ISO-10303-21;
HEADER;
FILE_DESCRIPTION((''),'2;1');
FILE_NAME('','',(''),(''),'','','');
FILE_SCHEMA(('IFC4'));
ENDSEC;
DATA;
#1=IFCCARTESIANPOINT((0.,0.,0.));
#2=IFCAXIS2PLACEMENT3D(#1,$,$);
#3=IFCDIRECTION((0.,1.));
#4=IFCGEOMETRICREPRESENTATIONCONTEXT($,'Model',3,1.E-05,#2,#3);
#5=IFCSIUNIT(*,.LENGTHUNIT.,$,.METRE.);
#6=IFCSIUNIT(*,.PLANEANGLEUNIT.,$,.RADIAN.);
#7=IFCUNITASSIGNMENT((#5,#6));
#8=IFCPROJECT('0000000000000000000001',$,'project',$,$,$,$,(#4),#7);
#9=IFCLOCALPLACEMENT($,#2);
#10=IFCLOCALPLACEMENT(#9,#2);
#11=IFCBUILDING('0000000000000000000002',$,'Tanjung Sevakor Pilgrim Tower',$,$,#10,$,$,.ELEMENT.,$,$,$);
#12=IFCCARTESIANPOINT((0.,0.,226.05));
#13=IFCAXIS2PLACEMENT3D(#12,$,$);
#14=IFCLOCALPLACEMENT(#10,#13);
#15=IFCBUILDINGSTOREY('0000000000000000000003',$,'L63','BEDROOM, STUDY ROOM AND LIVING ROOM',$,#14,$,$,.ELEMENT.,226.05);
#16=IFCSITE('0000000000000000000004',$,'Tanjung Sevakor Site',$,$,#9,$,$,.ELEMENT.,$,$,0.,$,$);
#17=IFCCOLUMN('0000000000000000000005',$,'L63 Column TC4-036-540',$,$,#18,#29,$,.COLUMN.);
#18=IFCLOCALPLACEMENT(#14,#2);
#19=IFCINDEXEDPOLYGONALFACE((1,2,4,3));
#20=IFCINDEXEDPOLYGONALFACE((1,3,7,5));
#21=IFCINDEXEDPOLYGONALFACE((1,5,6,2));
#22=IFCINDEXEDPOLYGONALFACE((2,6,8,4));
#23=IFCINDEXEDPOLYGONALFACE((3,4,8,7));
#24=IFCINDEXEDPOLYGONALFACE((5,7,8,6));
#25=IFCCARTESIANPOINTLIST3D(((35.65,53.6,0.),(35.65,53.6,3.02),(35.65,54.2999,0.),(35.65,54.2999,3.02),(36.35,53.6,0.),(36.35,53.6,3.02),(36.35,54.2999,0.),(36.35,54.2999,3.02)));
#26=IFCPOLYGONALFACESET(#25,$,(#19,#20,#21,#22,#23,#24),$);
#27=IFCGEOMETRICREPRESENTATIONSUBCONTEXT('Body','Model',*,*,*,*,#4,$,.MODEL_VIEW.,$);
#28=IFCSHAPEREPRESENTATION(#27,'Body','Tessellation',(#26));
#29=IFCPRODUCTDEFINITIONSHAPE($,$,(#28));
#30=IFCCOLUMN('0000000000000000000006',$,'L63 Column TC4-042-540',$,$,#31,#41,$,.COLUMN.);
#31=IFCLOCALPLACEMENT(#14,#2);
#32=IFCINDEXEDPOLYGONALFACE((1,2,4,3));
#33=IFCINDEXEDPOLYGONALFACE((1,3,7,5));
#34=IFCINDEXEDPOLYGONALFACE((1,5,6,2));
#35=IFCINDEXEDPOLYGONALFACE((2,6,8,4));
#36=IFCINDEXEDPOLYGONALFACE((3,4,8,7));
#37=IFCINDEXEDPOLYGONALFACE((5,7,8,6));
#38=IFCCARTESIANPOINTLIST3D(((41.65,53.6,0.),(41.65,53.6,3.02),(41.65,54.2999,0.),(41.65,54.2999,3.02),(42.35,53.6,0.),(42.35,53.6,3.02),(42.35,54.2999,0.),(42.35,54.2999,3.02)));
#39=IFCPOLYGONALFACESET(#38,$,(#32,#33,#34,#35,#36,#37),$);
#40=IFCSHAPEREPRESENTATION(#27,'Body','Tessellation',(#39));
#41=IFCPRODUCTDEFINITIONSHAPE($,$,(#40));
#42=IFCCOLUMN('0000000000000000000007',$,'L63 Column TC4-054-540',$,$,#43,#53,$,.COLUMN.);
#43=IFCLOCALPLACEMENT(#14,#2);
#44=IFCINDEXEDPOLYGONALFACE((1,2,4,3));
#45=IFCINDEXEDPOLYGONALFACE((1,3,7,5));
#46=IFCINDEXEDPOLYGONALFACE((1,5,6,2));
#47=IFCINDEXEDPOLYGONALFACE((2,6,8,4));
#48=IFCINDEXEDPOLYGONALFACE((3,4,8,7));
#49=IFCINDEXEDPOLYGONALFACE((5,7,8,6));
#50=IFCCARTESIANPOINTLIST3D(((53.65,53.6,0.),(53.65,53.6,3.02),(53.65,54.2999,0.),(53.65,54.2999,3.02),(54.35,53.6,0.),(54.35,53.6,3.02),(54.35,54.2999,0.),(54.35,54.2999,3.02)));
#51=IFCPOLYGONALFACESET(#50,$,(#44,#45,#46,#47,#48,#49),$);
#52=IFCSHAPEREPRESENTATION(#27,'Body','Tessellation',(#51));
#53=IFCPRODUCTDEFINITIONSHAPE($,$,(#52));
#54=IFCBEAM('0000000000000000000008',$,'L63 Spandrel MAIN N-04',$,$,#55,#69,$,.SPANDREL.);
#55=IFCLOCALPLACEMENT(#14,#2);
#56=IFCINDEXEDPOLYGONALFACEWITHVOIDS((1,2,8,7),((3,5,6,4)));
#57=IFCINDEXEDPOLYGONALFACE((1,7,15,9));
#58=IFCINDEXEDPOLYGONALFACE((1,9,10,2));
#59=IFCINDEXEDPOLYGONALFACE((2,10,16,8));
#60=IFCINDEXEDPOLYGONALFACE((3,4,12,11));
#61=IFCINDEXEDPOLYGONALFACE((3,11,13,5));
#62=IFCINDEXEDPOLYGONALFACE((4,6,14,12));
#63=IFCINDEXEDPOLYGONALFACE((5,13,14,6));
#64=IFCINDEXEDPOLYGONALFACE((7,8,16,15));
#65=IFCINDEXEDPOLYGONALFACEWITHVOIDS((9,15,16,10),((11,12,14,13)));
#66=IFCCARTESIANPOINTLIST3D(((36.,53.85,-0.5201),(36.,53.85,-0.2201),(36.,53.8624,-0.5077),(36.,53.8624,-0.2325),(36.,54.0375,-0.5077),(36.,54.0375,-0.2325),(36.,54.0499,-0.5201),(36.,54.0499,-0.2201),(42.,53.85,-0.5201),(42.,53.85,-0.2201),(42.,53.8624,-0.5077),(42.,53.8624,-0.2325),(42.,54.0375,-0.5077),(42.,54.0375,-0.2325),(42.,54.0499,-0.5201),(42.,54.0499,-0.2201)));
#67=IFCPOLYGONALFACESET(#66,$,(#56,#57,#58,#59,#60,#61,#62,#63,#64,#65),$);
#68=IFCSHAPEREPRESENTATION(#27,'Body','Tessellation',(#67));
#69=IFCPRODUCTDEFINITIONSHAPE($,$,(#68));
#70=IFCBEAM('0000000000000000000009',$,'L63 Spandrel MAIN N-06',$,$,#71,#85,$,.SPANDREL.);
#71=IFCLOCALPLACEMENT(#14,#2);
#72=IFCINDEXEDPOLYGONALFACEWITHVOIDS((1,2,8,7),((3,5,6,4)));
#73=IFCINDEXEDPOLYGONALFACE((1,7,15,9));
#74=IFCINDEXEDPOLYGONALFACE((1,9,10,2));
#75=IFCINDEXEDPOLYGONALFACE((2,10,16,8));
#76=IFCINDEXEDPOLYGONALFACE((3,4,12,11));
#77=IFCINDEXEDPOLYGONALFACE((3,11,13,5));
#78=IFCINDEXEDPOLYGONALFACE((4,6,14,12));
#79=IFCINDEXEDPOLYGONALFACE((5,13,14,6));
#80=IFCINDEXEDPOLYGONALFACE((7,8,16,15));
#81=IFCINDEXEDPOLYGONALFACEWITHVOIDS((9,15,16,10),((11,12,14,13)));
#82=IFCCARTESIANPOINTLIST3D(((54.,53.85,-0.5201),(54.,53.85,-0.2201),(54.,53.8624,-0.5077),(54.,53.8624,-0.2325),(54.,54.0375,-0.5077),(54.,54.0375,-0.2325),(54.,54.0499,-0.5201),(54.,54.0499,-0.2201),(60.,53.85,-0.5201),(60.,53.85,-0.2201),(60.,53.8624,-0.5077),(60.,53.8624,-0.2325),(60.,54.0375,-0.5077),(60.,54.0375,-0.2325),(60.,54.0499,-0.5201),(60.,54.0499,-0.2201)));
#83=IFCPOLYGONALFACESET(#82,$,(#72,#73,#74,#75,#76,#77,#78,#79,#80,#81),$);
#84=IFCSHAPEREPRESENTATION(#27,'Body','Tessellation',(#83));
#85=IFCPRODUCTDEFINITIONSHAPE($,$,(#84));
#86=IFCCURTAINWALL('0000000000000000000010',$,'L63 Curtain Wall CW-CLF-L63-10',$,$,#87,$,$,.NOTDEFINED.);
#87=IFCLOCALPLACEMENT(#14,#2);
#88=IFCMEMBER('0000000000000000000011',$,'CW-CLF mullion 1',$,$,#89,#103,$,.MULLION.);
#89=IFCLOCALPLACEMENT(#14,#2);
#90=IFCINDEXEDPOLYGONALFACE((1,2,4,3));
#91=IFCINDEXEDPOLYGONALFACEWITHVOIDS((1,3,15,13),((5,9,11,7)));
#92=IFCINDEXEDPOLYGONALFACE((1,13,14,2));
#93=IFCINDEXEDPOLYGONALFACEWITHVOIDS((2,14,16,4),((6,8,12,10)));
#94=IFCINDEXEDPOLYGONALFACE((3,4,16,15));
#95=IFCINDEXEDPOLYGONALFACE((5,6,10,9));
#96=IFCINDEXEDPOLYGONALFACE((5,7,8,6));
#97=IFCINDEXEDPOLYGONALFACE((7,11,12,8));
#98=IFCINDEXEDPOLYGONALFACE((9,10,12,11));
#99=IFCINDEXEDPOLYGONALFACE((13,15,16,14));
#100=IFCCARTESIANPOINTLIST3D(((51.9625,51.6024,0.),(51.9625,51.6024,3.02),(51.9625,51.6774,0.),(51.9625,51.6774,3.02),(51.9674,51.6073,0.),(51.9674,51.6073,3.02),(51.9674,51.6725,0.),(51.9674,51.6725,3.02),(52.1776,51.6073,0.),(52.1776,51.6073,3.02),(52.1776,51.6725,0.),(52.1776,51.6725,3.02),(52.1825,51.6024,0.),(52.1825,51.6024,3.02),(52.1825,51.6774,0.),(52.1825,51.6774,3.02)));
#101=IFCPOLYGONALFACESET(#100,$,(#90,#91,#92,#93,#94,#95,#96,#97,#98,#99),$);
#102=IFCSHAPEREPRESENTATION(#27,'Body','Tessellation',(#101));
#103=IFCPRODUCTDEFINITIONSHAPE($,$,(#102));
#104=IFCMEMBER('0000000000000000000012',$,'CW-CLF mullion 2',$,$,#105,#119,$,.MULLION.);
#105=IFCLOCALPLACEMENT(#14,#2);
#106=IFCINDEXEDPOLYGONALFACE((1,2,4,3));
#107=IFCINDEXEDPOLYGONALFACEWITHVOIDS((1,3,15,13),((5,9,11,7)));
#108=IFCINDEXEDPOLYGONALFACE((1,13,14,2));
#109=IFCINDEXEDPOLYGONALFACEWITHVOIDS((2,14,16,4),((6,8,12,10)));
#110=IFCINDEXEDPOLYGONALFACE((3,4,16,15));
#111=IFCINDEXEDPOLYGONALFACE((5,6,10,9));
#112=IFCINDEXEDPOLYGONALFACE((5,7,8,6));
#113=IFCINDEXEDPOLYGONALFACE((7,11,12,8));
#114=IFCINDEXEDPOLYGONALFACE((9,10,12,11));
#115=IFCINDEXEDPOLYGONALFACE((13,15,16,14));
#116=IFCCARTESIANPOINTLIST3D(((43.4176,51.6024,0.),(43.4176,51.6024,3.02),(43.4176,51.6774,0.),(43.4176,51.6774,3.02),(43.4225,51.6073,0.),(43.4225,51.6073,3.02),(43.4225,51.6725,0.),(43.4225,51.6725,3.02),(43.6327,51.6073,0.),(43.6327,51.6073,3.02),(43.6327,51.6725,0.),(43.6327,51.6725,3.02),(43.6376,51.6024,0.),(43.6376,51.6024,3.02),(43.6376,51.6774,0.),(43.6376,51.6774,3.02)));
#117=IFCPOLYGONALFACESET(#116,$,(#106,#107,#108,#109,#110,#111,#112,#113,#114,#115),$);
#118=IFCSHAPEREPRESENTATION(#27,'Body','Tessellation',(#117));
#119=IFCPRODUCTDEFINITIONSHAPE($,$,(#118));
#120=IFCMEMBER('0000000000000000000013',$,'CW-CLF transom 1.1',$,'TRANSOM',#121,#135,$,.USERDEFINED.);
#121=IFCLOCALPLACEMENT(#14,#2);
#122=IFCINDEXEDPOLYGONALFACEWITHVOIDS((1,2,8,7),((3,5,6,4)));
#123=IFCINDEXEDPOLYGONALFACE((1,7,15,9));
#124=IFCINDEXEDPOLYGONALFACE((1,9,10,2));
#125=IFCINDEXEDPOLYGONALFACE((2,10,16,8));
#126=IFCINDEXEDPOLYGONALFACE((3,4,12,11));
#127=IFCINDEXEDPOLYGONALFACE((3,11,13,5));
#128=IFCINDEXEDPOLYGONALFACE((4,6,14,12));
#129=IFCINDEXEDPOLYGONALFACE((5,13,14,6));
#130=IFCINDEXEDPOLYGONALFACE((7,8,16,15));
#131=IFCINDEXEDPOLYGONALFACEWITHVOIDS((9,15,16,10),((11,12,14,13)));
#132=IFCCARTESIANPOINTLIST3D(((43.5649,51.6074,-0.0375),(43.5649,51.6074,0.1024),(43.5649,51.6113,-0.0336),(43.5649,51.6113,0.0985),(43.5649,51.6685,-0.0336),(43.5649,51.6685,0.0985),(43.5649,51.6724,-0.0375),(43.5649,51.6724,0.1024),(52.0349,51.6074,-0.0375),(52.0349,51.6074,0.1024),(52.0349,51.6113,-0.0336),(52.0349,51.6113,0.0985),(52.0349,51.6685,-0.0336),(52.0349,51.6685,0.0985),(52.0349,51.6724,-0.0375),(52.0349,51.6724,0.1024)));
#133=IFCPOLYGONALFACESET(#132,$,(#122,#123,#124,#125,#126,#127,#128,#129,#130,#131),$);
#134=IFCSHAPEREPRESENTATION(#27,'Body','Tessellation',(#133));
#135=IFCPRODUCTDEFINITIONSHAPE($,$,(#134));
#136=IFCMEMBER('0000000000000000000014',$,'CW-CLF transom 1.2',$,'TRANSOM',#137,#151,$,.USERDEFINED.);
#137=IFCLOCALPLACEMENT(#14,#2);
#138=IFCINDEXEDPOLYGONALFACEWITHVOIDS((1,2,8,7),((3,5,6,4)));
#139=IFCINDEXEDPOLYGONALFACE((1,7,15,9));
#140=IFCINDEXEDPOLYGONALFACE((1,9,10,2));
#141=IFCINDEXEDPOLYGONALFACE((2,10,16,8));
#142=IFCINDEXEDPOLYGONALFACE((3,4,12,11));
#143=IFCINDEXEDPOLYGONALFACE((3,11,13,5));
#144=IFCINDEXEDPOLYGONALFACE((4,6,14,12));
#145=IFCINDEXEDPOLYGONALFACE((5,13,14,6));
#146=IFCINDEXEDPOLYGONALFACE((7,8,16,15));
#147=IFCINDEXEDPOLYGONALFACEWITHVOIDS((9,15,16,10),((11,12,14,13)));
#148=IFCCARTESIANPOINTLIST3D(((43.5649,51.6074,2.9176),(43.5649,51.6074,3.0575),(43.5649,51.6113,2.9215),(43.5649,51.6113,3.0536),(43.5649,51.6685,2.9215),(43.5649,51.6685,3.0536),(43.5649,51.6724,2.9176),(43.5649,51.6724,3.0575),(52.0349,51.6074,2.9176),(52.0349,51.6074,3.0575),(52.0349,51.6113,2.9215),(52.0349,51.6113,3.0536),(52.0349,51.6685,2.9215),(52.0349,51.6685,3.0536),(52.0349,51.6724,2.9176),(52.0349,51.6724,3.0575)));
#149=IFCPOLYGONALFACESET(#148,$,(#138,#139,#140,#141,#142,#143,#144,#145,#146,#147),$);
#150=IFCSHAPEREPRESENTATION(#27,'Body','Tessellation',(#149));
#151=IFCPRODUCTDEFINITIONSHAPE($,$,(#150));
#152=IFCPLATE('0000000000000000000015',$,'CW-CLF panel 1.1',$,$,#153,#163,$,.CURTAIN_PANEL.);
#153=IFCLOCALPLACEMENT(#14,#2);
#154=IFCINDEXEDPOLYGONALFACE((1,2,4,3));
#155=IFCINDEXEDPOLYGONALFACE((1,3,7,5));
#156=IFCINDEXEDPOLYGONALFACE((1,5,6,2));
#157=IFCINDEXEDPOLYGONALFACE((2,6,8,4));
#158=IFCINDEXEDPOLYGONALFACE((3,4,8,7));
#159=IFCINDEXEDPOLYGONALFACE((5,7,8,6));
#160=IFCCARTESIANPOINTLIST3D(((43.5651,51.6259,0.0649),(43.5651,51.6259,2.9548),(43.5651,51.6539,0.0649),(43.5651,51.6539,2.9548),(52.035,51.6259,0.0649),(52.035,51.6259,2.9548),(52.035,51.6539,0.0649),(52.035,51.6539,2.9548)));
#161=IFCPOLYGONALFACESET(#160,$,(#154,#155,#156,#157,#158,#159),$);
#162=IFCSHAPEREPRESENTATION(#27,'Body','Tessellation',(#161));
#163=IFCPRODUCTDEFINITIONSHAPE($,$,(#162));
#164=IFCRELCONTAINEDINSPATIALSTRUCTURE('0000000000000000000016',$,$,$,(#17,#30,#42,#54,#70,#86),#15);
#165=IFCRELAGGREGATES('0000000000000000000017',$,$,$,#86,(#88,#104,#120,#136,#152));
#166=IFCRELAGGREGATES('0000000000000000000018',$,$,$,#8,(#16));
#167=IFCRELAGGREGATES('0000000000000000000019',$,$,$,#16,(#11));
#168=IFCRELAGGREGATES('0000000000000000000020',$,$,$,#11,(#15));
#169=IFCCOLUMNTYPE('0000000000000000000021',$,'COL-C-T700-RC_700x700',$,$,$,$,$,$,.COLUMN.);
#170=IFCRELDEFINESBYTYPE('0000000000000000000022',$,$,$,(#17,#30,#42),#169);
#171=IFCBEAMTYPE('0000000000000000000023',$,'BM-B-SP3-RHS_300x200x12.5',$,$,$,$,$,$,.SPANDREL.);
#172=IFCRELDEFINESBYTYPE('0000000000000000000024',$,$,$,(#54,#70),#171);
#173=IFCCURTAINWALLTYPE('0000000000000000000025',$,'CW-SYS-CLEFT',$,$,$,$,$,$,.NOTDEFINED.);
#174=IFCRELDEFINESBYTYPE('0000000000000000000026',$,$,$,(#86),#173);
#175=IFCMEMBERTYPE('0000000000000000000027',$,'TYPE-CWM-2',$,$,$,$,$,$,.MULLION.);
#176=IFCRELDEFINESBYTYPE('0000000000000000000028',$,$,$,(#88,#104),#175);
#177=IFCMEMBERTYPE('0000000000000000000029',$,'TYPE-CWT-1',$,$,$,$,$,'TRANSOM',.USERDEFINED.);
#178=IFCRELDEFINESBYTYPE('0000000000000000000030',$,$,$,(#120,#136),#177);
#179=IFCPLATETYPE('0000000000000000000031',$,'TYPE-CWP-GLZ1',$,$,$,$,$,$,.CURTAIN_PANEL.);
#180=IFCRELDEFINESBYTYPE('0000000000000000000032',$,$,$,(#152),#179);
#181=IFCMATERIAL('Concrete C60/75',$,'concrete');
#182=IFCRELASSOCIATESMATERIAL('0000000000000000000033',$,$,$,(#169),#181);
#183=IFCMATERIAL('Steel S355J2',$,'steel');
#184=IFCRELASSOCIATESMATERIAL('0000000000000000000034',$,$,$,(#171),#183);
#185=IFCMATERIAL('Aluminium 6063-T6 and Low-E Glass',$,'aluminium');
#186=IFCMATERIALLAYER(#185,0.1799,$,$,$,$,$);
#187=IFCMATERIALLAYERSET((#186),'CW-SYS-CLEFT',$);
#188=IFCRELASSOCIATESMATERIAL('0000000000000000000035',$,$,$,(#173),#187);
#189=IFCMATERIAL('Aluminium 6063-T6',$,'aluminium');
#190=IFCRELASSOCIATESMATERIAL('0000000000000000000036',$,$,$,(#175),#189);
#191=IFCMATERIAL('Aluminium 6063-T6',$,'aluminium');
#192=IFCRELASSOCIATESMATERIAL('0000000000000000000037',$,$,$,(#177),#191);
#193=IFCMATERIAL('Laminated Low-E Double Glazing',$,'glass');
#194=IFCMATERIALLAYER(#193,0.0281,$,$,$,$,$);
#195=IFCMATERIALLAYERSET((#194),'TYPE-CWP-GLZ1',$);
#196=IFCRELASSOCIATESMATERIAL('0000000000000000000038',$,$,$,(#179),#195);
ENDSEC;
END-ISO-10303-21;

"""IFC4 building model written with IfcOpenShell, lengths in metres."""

from ifc_helpers import new_model, si_unit, direction, frame, origin, origin_2d, place, context, subcontext, project, spatial, rectangle, hollow_rectangle, extrude, material, layer, layer_set, material_profile, profile_set, type_object, element, aggregate, save


model = new_model("IFC4")

# Units and contexts
model_context = context("Model", 3, precision=1e-05, world=origin(), true_north=direction((0.0, 1.0)))
body_context = subcontext(model_context, "Body", "Model", "MODEL_VIEW")
ifc_project = project(units=[si_unit("LENGTHUNIT", "METRE"), si_unit("PLANEANGLEUNIT", "RADIAN")], contexts=[model_context])

# Site, building, storey
site_placement = place(None, origin())
site = spatial("IfcSite", under=ifc_project, at=site_placement, Name="Tanjung Sevakor Site", CompositionType="ELEMENT", RefElevation=0.0)
building_placement = place(site_placement, origin())
building = spatial("IfcBuilding", under=site, at=building_placement, Name="Tanjung Sevakor Pilgrim Tower", CompositionType="ELEMENT")
storey_placement = place(building_placement, frame((0.0, 0.0, 226.05)))
storey = spatial("IfcBuildingStorey", under=building, at=storey_placement, Name="L63", Description="BEDROOM, STUDY ROOM AND LIVING ROOM", CompositionType="ELEMENT", Elevation=226.05)

# Columns
ifc_material_1 = material(Name="Concrete C60/75", Category="concrete")
ifc_material_profile_1 = material_profile(ifc_material_1, rectangle(XDim=0.7, YDim=0.7, at=origin_2d()))
ifc_profile_set_1 = profile_set([ifc_material_profile_1], Name="Concrete C60/75")
column_type = type_object("IfcColumnType", Name="COL-C-T700-RC_700x700", PredefinedType="COLUMN", material=ifc_profile_set_1)
for number, where, z_axis, x_axis, name in (
    (1, (36.0, 53.95, 0.0), (0.0, 0.0, 1.0), (1.0, 0.0, 0.0), "L63 Column TC4-036-540"),
    (2, (42.0, 53.95, 0.0), (0.0, 0.0, 1.0), (1.0, 0.0, 0.0), "L63 Column TC4-042-540"),
    (3, (54.0, 53.95, 0.0), (0.0, 0.0, 1.0), (1.0, 0.0, 0.0), "L63 Column TC4-054-540"),
):
    element("IfcColumn", number, at=place(storey_placement, frame(where, z_axis=z_axis, x_axis=x_axis)), inside=storey, type_object=column_type, Name=name, PredefinedType="COLUMN", context=body_context, shape_type="SweptSolid", body=[
        extrude(rectangle(XDim=0.7, YDim=0.7, at=origin_2d()), origin(), (0.0, 0.0, 1.0), 3.02),
    ])

# Beams
ifc_material_2 = material(Name="Steel S355J2", Category="steel")
ifc_material_profile_2 = material_profile(ifc_material_2, hollow_rectangle(XDim=0.2, YDim=0.3, WallThickness=0.0125, at=origin_2d()))
ifc_profile_set_2 = profile_set([ifc_material_profile_2], Name="Steel S355J2")
beam_type = type_object("IfcBeamType", Name="BM-B-SP3-RHS_300x200x12.5", PredefinedType="SPANDREL", material=ifc_profile_set_2)
for number, where, z_axis, x_axis, name in (
    (4, (36.0, 53.95, -0.3701), (1.0, 0.0, 0.0), (0.0, 1.0, 0.0), "L63 Spandrel MAIN N-04"),
    (5, (54.0, 53.95, -0.3701), (1.0, 0.0, 0.0), (0.0, 1.0, 0.0), "L63 Spandrel MAIN N-06"),
):
    element("IfcBeam", number, at=place(storey_placement, frame(where, z_axis=z_axis, x_axis=x_axis)), inside=storey, type_object=beam_type, Name=name, PredefinedType="SPANDREL", context=body_context, shape_type="SweptSolid", body=[
        extrude(hollow_rectangle(XDim=0.2, YDim=0.3, WallThickness=0.0125, at=origin_2d()), origin(), (0.0, 0.0, 1.0), 6.0),
    ])

# Curtain wall, members, plate
ifc_material_3 = material(Name="Aluminium 6063-T6 and Low-E Glass", Category="aluminium")
ifc_layer_1 = layer(ifc_material_3, 0.1799)
ifc_layer_set_1 = layer_set([ifc_layer_1], Name="CW-SYS-CLEFT")
curtain_wall_type = type_object("IfcCurtainWallType", Name="CW-SYS-CLEFT", PredefinedType="NOTDEFINED", material=ifc_layer_set_1)
curtain_wall_placement = place(storey_placement, origin())
curtain_wall = element("IfcCurtainWall", 6, at=curtain_wall_placement, inside=storey, type_object=curtain_wall_type, Name="L63 Curtain Wall CW-CLF-L63-10", PredefinedType="NOTDEFINED")
ifc_material_4 = material(Name="Aluminium 6063-T6", Category="aluminium")
ifc_material_profile_3 = material_profile(ifc_material_4, hollow_rectangle(XDim=0.075, YDim=0.22, WallThickness=0.0049, at=origin_2d()))
ifc_profile_set_3 = profile_set([ifc_material_profile_3], Name="Aluminium 6063-T6")
member_type_1 = type_object("IfcMemberType", Name="TYPE-CWM-2", PredefinedType="MULLION", material=ifc_profile_set_3)
member_1_placement = place(storey_placement, frame((52.0725, 51.6399, 0.0), z_axis=(0.0, 0.0, 1.0), x_axis=(0.0, -1.0, 0.0)))
member_1 = element("IfcMember", 7, at=member_1_placement, type_object=member_type_1, Name="CW-CLF mullion 1", PredefinedType="MULLION", context=body_context, shape_type="SweptSolid", body=[
    extrude(hollow_rectangle(XDim=0.075, YDim=0.22, WallThickness=0.0049, at=origin_2d()), origin(), (0.0, 0.0, 1.0), 3.02),
])
member_2_placement = place(storey_placement, frame((43.5276, 51.6399, 0.0), z_axis=(0.0, 0.0, 1.0), x_axis=(0.0, -1.0, 0.0)))
member_2 = element("IfcMember", 8, at=member_2_placement, type_object=member_type_1, Name="CW-CLF mullion 2", PredefinedType="MULLION", context=body_context, shape_type="SweptSolid", body=[
    extrude(hollow_rectangle(XDim=0.075, YDim=0.22, WallThickness=0.0049, at=origin_2d()), origin(), (0.0, 0.0, 1.0), 3.02),
])
ifc_material_5 = material(Name="Aluminium 6063-T6", Category="aluminium")
ifc_material_profile_4 = material_profile(ifc_material_5, hollow_rectangle(XDim=0.0649, YDim=0.1399, WallThickness=0.0039, at=origin_2d()))
ifc_profile_set_4 = profile_set([ifc_material_profile_4], Name="Aluminium 6063-T6")
member_type_2 = type_object("IfcMemberType", Name="TYPE-CWT-1", ElementType="TRANSOM", PredefinedType="USERDEFINED", material=ifc_profile_set_4)
member_3_placement = place(storey_placement, frame((52.0349, 51.6399, 0.0325), z_axis=(-1.0, 0.0, 0.0), x_axis=(0.0, -1.0, 0.0)))
member_3 = element("IfcMember", 9, at=member_3_placement, type_object=member_type_2, Name="CW-CLF transom 1.1", ObjectType="TRANSOM", PredefinedType="USERDEFINED", context=body_context, shape_type="SweptSolid", body=[
    extrude(hollow_rectangle(XDim=0.0649, YDim=0.1399, WallThickness=0.0039, at=origin_2d()), origin(), (0.0, 0.0, 1.0), 8.47),
])
member_4_placement = place(storey_placement, frame((52.0349, 51.6399, 2.9875), z_axis=(-1.0, 0.0, 0.0), x_axis=(0.0, -1.0, 0.0)))
member_4 = element("IfcMember", 10, at=member_4_placement, type_object=member_type_2, Name="CW-CLF transom 1.2", ObjectType="TRANSOM", PredefinedType="USERDEFINED", context=body_context, shape_type="SweptSolid", body=[
    extrude(hollow_rectangle(XDim=0.0649, YDim=0.1399, WallThickness=0.0039, at=origin_2d()), origin(), (0.0, 0.0, 1.0), 8.47),
])
ifc_material_6 = material(Name="Laminated Low-E Double Glazing", Category="glass")
ifc_layer_2 = layer(ifc_material_6, 0.0281)
ifc_layer_set_2 = layer_set([ifc_layer_2], Name="TYPE-CWP-GLZ1")
plate_type = type_object("IfcPlateType", Name="TYPE-CWP-GLZ1", PredefinedType="CURTAIN_PANEL", material=ifc_layer_set_2)
plate_placement = place(storey_placement, frame((47.8, 51.6399, 0.0649), z_axis=(0.0, 0.0, 1.0), x_axis=(-1.0, 0.0, 0.0)))
plate = element("IfcPlate", 11, at=plate_placement, type_object=plate_type, Name="CW-CLF panel 1.1", PredefinedType="CURTAIN_PANEL", context=body_context, shape_type="SweptSolid", body=[
    extrude(rectangle(XDim=8.47, YDim=0.0281, at=origin_2d()), origin(), (0.0, 0.0, 1.0), 2.8899),
])
aggregate(curtain_wall, [member_1, member_2, member_3, member_4, plate])

save(model, "model.ifc")
